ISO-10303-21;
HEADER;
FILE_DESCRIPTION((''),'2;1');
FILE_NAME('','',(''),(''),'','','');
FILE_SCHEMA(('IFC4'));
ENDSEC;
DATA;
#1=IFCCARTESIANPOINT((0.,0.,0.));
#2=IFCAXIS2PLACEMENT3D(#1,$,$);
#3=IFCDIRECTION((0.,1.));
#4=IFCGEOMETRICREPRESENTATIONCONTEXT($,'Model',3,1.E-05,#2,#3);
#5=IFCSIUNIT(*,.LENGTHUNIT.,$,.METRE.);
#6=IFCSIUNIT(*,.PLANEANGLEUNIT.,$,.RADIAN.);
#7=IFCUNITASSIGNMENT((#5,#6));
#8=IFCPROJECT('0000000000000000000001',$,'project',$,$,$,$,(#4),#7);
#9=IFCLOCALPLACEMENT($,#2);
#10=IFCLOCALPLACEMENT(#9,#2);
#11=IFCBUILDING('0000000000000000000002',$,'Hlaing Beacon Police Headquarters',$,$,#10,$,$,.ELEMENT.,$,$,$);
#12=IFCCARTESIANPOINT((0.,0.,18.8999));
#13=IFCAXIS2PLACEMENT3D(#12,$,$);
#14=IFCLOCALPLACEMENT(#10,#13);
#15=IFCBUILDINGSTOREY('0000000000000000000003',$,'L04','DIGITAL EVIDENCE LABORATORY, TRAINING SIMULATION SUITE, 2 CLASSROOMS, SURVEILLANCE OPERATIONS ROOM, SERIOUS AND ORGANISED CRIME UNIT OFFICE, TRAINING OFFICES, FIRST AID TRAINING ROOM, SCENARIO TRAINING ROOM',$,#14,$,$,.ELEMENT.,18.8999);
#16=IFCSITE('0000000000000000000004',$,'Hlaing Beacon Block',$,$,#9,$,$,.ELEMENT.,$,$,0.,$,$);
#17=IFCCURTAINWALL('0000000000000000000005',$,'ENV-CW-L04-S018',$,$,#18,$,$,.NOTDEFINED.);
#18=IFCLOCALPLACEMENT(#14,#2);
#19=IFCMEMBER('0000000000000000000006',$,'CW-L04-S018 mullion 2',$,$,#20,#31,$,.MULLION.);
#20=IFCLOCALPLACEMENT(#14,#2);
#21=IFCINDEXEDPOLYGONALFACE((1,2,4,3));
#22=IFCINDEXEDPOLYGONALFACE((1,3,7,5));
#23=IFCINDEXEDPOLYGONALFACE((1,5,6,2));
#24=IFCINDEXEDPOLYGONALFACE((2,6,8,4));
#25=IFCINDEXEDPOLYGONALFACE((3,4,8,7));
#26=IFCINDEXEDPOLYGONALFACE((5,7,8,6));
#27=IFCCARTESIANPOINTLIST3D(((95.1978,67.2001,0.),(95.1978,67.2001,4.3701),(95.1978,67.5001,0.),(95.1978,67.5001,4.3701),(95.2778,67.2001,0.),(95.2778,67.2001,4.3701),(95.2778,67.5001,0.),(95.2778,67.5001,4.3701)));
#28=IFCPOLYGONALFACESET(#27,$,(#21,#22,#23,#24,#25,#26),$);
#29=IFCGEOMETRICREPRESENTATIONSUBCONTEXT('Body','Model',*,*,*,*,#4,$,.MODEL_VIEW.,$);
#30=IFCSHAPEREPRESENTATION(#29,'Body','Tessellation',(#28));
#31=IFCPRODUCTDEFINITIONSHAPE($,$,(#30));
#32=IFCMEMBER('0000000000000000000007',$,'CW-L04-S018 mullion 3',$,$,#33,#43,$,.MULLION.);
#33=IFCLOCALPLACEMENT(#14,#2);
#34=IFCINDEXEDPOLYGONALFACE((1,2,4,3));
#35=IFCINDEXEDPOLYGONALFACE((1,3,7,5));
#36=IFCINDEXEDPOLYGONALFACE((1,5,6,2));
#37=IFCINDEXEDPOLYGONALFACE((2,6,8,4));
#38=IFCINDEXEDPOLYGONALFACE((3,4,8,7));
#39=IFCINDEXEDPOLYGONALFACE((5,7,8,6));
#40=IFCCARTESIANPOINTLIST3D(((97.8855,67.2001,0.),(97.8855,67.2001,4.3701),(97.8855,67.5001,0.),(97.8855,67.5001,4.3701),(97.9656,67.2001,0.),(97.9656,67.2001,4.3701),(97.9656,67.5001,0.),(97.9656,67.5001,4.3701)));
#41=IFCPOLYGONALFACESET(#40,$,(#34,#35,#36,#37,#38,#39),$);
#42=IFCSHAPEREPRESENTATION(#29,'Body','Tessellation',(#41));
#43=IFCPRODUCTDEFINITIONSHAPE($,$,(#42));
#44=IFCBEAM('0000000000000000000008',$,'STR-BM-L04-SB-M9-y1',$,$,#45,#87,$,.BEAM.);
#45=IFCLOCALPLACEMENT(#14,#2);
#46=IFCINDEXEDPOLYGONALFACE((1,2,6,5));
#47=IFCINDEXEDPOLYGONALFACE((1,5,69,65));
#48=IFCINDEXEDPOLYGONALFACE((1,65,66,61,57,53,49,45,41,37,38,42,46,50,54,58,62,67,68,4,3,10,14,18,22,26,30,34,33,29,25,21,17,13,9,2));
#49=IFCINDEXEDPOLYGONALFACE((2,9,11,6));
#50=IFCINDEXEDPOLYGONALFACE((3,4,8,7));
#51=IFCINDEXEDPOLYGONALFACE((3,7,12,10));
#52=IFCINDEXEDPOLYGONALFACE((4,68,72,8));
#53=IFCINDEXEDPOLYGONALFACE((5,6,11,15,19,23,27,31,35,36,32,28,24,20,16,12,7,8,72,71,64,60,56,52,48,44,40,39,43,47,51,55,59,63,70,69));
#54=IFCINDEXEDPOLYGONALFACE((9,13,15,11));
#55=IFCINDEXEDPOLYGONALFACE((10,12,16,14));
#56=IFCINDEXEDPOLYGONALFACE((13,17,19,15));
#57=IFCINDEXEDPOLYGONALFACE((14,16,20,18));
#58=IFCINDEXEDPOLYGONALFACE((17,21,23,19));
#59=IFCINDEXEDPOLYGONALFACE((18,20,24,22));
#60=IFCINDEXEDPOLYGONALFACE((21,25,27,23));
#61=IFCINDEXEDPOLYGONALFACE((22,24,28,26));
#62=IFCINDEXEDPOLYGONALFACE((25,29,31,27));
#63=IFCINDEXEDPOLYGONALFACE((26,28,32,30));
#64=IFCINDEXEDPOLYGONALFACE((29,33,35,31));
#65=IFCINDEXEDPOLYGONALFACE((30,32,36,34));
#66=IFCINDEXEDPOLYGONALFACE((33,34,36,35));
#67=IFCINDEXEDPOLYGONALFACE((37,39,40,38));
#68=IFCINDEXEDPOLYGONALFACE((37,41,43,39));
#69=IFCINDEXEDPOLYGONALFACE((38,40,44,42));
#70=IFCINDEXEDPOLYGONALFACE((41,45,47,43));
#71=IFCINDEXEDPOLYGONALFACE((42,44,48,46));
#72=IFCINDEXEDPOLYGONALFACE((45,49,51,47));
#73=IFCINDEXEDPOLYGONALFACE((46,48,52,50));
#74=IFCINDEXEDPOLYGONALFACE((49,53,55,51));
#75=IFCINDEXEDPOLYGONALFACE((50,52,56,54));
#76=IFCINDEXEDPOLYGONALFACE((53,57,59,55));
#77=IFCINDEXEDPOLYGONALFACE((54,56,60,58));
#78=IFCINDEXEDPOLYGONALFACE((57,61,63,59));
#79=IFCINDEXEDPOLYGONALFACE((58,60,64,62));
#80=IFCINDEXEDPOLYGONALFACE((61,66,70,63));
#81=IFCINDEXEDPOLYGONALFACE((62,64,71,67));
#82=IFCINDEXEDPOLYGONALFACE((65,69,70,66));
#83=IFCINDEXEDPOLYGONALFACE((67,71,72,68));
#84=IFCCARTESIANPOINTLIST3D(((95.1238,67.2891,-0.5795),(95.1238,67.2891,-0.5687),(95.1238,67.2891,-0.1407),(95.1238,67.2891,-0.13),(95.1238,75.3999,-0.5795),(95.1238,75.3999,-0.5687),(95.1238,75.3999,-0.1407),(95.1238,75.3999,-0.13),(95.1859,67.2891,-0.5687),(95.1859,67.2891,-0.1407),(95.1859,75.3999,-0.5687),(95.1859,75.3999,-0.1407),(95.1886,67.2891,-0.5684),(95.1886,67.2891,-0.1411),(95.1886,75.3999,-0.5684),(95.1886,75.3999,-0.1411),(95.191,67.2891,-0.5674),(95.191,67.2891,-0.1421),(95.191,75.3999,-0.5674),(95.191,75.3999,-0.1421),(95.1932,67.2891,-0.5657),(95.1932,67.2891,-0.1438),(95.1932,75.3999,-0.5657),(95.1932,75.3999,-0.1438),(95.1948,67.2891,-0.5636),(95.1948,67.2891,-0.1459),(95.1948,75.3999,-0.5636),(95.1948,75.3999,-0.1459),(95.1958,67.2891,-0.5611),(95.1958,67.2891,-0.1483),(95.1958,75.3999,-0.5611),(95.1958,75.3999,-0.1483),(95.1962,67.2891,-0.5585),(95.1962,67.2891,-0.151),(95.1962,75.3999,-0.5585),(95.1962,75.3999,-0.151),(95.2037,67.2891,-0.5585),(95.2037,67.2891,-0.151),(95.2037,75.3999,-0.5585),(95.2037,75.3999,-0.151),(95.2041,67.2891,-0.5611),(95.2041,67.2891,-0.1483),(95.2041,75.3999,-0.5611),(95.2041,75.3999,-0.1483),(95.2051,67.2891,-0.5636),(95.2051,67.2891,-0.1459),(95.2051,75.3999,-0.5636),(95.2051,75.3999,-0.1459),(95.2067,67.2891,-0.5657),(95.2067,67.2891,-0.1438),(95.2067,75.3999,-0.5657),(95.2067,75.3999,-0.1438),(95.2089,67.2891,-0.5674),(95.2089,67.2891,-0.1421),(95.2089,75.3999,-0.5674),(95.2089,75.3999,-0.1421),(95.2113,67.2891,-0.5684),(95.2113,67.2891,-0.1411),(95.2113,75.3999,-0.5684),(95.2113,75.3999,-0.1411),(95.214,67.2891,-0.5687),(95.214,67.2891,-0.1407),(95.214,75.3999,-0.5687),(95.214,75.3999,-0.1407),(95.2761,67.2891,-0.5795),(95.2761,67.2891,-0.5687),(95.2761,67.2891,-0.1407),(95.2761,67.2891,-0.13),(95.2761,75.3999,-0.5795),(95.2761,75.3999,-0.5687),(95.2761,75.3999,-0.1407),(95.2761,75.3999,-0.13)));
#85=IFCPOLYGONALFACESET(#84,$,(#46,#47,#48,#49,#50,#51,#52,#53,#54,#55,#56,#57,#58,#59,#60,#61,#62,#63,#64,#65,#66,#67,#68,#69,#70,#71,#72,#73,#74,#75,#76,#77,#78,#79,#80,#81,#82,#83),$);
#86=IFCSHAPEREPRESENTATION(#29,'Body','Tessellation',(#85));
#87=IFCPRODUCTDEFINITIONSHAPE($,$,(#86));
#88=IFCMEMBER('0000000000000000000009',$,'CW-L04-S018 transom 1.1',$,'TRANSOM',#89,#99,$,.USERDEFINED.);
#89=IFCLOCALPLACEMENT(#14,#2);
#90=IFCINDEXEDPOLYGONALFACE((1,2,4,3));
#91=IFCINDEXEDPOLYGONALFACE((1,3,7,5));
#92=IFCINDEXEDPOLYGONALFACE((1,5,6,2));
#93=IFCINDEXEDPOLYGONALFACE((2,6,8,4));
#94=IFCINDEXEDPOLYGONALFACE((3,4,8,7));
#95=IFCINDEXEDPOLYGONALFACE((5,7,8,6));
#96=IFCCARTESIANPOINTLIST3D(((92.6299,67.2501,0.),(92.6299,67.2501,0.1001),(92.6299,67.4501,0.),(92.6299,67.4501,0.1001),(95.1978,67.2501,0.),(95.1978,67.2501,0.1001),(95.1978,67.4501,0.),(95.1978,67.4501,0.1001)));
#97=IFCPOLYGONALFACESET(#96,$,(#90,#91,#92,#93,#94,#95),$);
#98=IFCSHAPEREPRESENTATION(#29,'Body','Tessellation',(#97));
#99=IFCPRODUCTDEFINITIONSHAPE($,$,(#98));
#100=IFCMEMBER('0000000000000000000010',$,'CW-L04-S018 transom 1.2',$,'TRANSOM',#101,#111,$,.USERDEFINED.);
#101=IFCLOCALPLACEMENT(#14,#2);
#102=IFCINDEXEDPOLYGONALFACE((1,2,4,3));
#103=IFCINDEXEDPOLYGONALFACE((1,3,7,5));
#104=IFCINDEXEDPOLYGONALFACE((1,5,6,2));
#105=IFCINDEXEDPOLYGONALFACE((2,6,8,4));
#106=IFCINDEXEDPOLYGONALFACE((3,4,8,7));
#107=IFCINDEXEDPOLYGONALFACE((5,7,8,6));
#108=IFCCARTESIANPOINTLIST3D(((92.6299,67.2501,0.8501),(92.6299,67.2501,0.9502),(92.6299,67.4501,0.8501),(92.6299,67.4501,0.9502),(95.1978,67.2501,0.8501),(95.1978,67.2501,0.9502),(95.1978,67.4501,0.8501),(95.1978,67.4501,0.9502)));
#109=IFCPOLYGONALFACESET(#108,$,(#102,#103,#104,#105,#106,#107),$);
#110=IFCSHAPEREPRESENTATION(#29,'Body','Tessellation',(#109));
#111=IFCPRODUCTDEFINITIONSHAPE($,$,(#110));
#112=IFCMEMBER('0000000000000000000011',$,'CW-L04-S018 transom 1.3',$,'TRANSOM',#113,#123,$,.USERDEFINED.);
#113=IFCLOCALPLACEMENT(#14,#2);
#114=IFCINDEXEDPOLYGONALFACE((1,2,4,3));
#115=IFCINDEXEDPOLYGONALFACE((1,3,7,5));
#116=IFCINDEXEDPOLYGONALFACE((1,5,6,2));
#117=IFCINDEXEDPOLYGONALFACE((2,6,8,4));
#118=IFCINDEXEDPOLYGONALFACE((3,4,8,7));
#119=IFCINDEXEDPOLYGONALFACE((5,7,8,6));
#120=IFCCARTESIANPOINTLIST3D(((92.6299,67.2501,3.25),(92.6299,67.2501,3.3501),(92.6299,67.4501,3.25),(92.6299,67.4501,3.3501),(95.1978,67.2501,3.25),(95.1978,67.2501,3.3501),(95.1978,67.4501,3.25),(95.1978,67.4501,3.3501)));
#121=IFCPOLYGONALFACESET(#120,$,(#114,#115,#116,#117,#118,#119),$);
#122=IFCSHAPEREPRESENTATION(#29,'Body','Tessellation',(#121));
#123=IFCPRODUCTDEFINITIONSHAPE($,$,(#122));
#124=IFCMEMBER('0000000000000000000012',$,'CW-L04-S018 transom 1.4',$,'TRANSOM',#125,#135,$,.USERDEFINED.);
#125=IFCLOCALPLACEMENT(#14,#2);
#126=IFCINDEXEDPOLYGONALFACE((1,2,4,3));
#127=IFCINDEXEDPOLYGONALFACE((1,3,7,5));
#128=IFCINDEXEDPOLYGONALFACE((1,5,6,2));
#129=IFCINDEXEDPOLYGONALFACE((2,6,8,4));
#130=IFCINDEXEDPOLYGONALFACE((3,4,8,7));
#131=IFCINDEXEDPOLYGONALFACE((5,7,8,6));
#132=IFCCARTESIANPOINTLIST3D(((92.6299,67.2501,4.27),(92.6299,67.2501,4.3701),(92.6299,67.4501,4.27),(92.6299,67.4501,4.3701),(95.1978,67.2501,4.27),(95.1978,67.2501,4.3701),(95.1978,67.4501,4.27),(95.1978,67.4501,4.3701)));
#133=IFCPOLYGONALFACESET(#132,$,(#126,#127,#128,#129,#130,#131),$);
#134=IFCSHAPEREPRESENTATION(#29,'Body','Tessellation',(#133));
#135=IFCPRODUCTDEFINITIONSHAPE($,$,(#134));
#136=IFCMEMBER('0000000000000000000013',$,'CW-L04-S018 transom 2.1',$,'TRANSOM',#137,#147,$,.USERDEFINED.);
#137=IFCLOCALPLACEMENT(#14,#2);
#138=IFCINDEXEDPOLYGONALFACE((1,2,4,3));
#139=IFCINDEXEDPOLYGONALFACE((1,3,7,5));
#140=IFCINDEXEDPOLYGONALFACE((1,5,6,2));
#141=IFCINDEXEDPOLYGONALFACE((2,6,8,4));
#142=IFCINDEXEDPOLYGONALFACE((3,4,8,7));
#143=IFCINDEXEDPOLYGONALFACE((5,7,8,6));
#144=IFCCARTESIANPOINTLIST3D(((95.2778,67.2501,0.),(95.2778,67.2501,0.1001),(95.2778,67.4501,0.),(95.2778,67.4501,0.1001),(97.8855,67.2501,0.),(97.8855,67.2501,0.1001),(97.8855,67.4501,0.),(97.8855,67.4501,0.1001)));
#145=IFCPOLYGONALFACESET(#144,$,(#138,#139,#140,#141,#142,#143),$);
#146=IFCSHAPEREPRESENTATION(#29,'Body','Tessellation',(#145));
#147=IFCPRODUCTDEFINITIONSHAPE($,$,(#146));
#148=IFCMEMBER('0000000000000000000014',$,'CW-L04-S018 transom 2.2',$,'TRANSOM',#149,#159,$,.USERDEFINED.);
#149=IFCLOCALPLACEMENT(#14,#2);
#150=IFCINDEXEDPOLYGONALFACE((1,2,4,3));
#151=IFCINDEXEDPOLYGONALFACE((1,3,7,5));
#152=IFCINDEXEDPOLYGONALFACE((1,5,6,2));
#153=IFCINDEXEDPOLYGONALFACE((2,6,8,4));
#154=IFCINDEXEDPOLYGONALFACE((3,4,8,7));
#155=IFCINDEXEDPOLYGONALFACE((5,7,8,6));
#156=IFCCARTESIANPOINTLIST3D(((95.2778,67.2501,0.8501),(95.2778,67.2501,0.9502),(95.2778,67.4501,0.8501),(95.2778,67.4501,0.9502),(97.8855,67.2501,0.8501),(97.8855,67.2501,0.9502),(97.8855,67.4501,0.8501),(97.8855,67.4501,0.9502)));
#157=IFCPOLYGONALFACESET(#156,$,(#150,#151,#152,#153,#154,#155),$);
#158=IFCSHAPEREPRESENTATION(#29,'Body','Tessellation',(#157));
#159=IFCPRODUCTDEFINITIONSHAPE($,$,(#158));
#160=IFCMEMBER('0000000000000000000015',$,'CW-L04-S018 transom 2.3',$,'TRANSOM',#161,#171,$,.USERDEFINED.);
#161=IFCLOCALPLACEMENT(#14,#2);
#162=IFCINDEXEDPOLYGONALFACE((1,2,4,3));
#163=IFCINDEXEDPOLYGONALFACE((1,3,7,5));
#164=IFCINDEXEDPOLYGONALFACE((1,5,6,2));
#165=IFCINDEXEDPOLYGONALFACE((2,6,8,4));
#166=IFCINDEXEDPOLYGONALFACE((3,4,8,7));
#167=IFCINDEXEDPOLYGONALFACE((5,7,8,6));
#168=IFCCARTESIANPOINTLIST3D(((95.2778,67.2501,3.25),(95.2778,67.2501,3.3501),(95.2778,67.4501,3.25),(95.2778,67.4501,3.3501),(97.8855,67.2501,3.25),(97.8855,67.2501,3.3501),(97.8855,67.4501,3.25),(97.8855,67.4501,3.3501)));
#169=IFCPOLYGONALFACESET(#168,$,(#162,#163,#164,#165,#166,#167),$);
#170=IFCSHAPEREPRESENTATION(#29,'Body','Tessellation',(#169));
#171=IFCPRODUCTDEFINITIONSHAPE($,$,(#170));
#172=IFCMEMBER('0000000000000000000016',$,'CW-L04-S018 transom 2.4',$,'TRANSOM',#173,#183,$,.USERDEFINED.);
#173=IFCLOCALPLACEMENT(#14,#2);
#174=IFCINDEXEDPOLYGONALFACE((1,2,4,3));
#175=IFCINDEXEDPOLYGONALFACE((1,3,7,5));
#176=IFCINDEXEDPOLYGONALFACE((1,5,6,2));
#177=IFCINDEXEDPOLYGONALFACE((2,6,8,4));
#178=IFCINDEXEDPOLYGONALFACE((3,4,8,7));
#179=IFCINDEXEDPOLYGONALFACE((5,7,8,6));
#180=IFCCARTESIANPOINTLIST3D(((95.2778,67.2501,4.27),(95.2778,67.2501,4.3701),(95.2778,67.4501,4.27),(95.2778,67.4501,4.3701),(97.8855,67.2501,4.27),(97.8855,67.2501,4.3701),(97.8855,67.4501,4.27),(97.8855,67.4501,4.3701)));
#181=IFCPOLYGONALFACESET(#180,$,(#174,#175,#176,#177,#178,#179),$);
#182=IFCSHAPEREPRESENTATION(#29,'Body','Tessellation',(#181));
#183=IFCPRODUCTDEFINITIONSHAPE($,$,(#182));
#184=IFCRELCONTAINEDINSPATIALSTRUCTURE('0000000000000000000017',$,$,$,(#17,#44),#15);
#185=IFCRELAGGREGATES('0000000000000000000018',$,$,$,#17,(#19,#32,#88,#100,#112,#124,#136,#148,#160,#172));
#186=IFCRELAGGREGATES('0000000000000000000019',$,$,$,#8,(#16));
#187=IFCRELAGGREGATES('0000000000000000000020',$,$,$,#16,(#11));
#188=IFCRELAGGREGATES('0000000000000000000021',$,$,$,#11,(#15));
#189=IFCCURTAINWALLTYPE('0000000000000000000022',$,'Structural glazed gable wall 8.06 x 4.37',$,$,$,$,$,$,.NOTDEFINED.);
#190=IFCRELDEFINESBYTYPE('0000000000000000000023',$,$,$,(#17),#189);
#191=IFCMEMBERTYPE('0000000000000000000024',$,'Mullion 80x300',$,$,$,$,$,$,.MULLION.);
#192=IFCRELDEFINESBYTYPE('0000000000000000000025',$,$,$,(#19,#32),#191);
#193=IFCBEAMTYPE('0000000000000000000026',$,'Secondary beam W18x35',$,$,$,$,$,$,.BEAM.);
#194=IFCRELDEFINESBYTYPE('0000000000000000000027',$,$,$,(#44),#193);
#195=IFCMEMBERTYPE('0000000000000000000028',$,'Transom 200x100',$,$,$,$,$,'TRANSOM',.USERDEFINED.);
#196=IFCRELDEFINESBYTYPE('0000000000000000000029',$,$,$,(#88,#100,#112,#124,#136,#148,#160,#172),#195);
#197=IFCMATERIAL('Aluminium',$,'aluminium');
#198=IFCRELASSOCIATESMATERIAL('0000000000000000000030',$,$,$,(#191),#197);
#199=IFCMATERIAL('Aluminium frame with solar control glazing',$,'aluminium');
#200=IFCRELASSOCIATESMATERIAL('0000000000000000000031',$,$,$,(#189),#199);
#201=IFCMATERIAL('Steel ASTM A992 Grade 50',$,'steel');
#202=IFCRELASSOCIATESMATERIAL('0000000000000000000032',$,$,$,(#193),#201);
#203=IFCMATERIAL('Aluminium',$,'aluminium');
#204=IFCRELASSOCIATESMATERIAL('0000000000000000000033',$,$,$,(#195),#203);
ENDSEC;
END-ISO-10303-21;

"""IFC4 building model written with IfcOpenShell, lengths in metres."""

from ifc_helpers import new_model, si_unit, direction, frame, origin, origin_2d, place, context, subcontext, project, spatial, rectangle, i_section, extrude, material, material_profile, profile_set, type_object, element, aggregate, save


model = new_model("IFC4")

# Units and contexts
model_context = context("Model", 3, precision=1e-05, world=origin(), true_north=direction((0.0, 1.0)))
body_context = subcontext(model_context, "Body", "Model", "MODEL_VIEW")
ifc_project = project(units=[si_unit("LENGTHUNIT", "METRE"), si_unit("PLANEANGLEUNIT", "RADIAN")], contexts=[model_context])

# Site, building, storey
site_placement = place(None, origin())
site = spatial("IfcSite", under=ifc_project, at=site_placement, Name="Hlaing Beacon Block", CompositionType="ELEMENT", RefElevation=0.0)
building_placement = place(site_placement, origin())
building = spatial("IfcBuilding", under=site, at=building_placement, Name="Hlaing Beacon Police Headquarters", CompositionType="ELEMENT")
storey_placement = place(building_placement, frame((0.0, 0.0, 18.8999)))
storey = spatial("IfcBuildingStorey", under=building, at=storey_placement, Name="L04", Description="DIGITAL EVIDENCE LABORATORY, TRAINING SIMULATION SUITE, 2 CLASSROOMS, SURVEILLANCE OPERATIONS ROOM, SERIOUS AND ORGANISED CRIME UNIT OFFICE, TRAINING OFFICES, FIRST AID TRAINING ROOM, SCENARIO TRAINING ROOM", CompositionType="ELEMENT", Elevation=18.8999)

# Shared definitions
ifc_material_1 = material(Name="Aluminium", Category="aluminium")
ifc_material_profile_1 = material_profile(ifc_material_1, rectangle(XDim=0.3, YDim=0.0801, at=origin_2d()), Name="Mullion 80x300")
ifc_profile_set_1 = profile_set([ifc_material_profile_1], Name="Aluminium")
member_type_1 = type_object("IfcMemberType", Name="Mullion 80x300", PredefinedType="MULLION", material=ifc_profile_set_1)

# Curtain wall, members
ifc_material_2 = material(Name="Aluminium frame with solar control glazing", Category="aluminium")
curtain_wall_type_1 = type_object("IfcCurtainWallType", Name="Structural glazed gable wall 8.06 x 4.37", PredefinedType="NOTDEFINED", material=ifc_material_2)
curtain_wall_1_placement = place(storey_placement, origin())
curtain_wall_1 = element("IfcCurtainWall", 1, at=curtain_wall_1_placement, inside=storey, type_object=curtain_wall_type_1, Name="ENV-CW-L04-S018", PredefinedType="NOTDEFINED")
member_1_placement = place(storey_placement, frame((95.2378, 67.3501, 0.0), z_axis=(0.0, 0.0, 1.0), x_axis=(0.0, 1.0, 0.0)))
member_1 = element("IfcMember", 2, at=member_1_placement, type_object=member_type_1, Name="CW-L04-S018 mullion 2", PredefinedType="MULLION", context=body_context, shape_type="SweptSolid", body=[
    extrude(rectangle(XDim=0.3, YDim=0.0801, at=origin_2d()), origin(), (0.0, 0.0, 1.0), 4.3701),
])
member_2_placement = place(storey_placement, frame((97.9255, 67.3501, 0.0), z_axis=(0.0, 0.0, 1.0), x_axis=(0.0, 1.0, 0.0)))
member_2 = element("IfcMember", 3, at=member_2_placement, type_object=member_type_1, Name="CW-L04-S018 mullion 3", PredefinedType="MULLION", context=body_context, shape_type="SweptSolid", body=[
    extrude(rectangle(XDim=0.3, YDim=0.0801, at=origin_2d()), origin(), (0.0, 0.0, 1.0), 4.3701),
])

# Beam
ifc_material_3 = material(Name="Steel ASTM A992 Grade 50", Category="steel")
ifc_material_profile_2 = material_profile(ifc_material_3, i_section(OverallWidth=0.1523, OverallDepth=0.4495, WebThickness=0.0076, FlangeThickness=0.0107, FilletRadius=0.0103, at=origin_2d()), Name="W18x35")
ifc_profile_set_2 = profile_set([ifc_material_profile_2], Name="Steel ASTM A992 Grade 50")
beam_type_1 = type_object("IfcBeamType", Name="Secondary beam W18x35", PredefinedType="BEAM", material=ifc_profile_set_2)
beam_1_placement = place(storey_placement, frame((95.2, 67.2891, -0.3547), z_axis=(0.0, 1.0, 0.0), x_axis=(-1.0, 0.0, 0.0)))
element("IfcBeam", 4, at=beam_1_placement, inside=storey, type_object=beam_type_1, Name="STR-BM-L04-SB-M9-y1", PredefinedType="BEAM", context=body_context, shape_type="SweptSolid", body=[
    extrude(i_section(OverallWidth=0.1523, OverallDepth=0.4495, WebThickness=0.0076, FlangeThickness=0.0107, FilletRadius=0.0103, at=origin_2d()), origin(), (0.0, 0.0, 1.0), 8.1108),
])

# Members
ifc_material_4 = material(Name="Aluminium", Category="aluminium")
ifc_material_profile_3 = material_profile(ifc_material_4, rectangle(XDim=0.2, YDim=0.1001, at=origin_2d()), Name="Transom 200x100")
ifc_profile_set_3 = profile_set([ifc_material_profile_3], Name="Aluminium")
member_type_2 = type_object("IfcMemberType", Name="Transom 200x100", ElementType="TRANSOM", PredefinedType="USERDEFINED", material=ifc_profile_set_3)
member_3_placement = place(storey_placement, frame((92.6299, 67.3501, 0.05), z_axis=(1.0, 0.0, 0.0), x_axis=(0.0, 1.0, 0.0)))
member_3 = element("IfcMember", 5, at=member_3_placement, type_object=member_type_2, Name="CW-L04-S018 transom 1.1", ObjectType="TRANSOM", PredefinedType="USERDEFINED", context=body_context, shape_type="SweptSolid", body=[
    extrude(rectangle(XDim=0.2, YDim=0.1001, at=origin_2d()), origin(), (0.0, 0.0, 1.0), 2.5679),
])
member_4_placement = place(storey_placement, frame((92.6299, 67.3501, 0.9001), z_axis=(1.0, 0.0, 0.0), x_axis=(0.0, 1.0, 0.0)))
member_4 = element("IfcMember", 6, at=member_4_placement, type_object=member_type_2, Name="CW-L04-S018 transom 1.2", ObjectType="TRANSOM", PredefinedType="USERDEFINED", context=body_context, shape_type="SweptSolid", body=[
    extrude(rectangle(XDim=0.2, YDim=0.1001, at=origin_2d()), origin(), (0.0, 0.0, 1.0), 2.5679),
])
member_5_placement = place(storey_placement, frame((92.6299, 67.3501, 3.3), z_axis=(1.0, 0.0, 0.0), x_axis=(0.0, 1.0, 0.0)))
member_5 = element("IfcMember", 7, at=member_5_placement, type_object=member_type_2, Name="CW-L04-S018 transom 1.3", ObjectType="TRANSOM", PredefinedType="USERDEFINED", context=body_context, shape_type="SweptSolid", body=[
    extrude(rectangle(XDim=0.2, YDim=0.1001, at=origin_2d()), origin(), (0.0, 0.0, 1.0), 2.5679),
])
member_6_placement = place(storey_placement, frame((92.6299, 67.3501, 4.3201), z_axis=(1.0, 0.0, 0.0), x_axis=(0.0, 1.0, 0.0)))
member_6 = element("IfcMember", 8, at=member_6_placement, type_object=member_type_2, Name="CW-L04-S018 transom 1.4", ObjectType="TRANSOM", PredefinedType="USERDEFINED", context=body_context, shape_type="SweptSolid", body=[
    extrude(rectangle(XDim=0.2, YDim=0.1001, at=origin_2d()), origin(), (0.0, 0.0, 1.0), 2.5679),
])
member_7_placement = place(storey_placement, frame((95.2778, 67.3501, 0.05), z_axis=(1.0, 0.0, 0.0), x_axis=(0.0, 1.0, 0.0)))
member_7 = element("IfcMember", 9, at=member_7_placement, type_object=member_type_2, Name="CW-L04-S018 transom 2.1", ObjectType="TRANSOM", PredefinedType="USERDEFINED", context=body_context, shape_type="SweptSolid", body=[
    extrude(rectangle(XDim=0.2, YDim=0.1001, at=origin_2d()), origin(), (0.0, 0.0, 1.0), 2.6077),
])
member_8_placement = place(storey_placement, frame((95.2778, 67.3501, 0.9001), z_axis=(1.0, 0.0, 0.0), x_axis=(0.0, 1.0, 0.0)))
member_8 = element("IfcMember", 10, at=member_8_placement, type_object=member_type_2, Name="CW-L04-S018 transom 2.2", ObjectType="TRANSOM", PredefinedType="USERDEFINED", context=body_context, shape_type="SweptSolid", body=[
    extrude(rectangle(XDim=0.2, YDim=0.1001, at=origin_2d()), origin(), (0.0, 0.0, 1.0), 2.6077),
])
member_9_placement = place(storey_placement, frame((95.2778, 67.3501, 3.3), z_axis=(1.0, 0.0, 0.0), x_axis=(0.0, 1.0, 0.0)))
member_9 = element("IfcMember", 11, at=member_9_placement, type_object=member_type_2, Name="CW-L04-S018 transom 2.3", ObjectType="TRANSOM", PredefinedType="USERDEFINED", context=body_context, shape_type="SweptSolid", body=[
    extrude(rectangle(XDim=0.2, YDim=0.1001, at=origin_2d()), origin(), (0.0, 0.0, 1.0), 2.6077),
])
member_10_placement = place(storey_placement, frame((95.2778, 67.3501, 4.3201), z_axis=(1.0, 0.0, 0.0), x_axis=(0.0, 1.0, 0.0)))
member_10 = element("IfcMember", 12, at=member_10_placement, type_object=member_type_2, Name="CW-L04-S018 transom 2.4", ObjectType="TRANSOM", PredefinedType="USERDEFINED", context=body_context, shape_type="SweptSolid", body=[
    extrude(rectangle(XDim=0.2, YDim=0.1001, at=origin_2d()), origin(), (0.0, 0.0, 1.0), 2.6077),
])

aggregate(curtain_wall_1, [member_1, member_2, member_3, member_4, member_5, member_6, member_7, member_8, member_9, member_10])

save(model, "model.ifc")
